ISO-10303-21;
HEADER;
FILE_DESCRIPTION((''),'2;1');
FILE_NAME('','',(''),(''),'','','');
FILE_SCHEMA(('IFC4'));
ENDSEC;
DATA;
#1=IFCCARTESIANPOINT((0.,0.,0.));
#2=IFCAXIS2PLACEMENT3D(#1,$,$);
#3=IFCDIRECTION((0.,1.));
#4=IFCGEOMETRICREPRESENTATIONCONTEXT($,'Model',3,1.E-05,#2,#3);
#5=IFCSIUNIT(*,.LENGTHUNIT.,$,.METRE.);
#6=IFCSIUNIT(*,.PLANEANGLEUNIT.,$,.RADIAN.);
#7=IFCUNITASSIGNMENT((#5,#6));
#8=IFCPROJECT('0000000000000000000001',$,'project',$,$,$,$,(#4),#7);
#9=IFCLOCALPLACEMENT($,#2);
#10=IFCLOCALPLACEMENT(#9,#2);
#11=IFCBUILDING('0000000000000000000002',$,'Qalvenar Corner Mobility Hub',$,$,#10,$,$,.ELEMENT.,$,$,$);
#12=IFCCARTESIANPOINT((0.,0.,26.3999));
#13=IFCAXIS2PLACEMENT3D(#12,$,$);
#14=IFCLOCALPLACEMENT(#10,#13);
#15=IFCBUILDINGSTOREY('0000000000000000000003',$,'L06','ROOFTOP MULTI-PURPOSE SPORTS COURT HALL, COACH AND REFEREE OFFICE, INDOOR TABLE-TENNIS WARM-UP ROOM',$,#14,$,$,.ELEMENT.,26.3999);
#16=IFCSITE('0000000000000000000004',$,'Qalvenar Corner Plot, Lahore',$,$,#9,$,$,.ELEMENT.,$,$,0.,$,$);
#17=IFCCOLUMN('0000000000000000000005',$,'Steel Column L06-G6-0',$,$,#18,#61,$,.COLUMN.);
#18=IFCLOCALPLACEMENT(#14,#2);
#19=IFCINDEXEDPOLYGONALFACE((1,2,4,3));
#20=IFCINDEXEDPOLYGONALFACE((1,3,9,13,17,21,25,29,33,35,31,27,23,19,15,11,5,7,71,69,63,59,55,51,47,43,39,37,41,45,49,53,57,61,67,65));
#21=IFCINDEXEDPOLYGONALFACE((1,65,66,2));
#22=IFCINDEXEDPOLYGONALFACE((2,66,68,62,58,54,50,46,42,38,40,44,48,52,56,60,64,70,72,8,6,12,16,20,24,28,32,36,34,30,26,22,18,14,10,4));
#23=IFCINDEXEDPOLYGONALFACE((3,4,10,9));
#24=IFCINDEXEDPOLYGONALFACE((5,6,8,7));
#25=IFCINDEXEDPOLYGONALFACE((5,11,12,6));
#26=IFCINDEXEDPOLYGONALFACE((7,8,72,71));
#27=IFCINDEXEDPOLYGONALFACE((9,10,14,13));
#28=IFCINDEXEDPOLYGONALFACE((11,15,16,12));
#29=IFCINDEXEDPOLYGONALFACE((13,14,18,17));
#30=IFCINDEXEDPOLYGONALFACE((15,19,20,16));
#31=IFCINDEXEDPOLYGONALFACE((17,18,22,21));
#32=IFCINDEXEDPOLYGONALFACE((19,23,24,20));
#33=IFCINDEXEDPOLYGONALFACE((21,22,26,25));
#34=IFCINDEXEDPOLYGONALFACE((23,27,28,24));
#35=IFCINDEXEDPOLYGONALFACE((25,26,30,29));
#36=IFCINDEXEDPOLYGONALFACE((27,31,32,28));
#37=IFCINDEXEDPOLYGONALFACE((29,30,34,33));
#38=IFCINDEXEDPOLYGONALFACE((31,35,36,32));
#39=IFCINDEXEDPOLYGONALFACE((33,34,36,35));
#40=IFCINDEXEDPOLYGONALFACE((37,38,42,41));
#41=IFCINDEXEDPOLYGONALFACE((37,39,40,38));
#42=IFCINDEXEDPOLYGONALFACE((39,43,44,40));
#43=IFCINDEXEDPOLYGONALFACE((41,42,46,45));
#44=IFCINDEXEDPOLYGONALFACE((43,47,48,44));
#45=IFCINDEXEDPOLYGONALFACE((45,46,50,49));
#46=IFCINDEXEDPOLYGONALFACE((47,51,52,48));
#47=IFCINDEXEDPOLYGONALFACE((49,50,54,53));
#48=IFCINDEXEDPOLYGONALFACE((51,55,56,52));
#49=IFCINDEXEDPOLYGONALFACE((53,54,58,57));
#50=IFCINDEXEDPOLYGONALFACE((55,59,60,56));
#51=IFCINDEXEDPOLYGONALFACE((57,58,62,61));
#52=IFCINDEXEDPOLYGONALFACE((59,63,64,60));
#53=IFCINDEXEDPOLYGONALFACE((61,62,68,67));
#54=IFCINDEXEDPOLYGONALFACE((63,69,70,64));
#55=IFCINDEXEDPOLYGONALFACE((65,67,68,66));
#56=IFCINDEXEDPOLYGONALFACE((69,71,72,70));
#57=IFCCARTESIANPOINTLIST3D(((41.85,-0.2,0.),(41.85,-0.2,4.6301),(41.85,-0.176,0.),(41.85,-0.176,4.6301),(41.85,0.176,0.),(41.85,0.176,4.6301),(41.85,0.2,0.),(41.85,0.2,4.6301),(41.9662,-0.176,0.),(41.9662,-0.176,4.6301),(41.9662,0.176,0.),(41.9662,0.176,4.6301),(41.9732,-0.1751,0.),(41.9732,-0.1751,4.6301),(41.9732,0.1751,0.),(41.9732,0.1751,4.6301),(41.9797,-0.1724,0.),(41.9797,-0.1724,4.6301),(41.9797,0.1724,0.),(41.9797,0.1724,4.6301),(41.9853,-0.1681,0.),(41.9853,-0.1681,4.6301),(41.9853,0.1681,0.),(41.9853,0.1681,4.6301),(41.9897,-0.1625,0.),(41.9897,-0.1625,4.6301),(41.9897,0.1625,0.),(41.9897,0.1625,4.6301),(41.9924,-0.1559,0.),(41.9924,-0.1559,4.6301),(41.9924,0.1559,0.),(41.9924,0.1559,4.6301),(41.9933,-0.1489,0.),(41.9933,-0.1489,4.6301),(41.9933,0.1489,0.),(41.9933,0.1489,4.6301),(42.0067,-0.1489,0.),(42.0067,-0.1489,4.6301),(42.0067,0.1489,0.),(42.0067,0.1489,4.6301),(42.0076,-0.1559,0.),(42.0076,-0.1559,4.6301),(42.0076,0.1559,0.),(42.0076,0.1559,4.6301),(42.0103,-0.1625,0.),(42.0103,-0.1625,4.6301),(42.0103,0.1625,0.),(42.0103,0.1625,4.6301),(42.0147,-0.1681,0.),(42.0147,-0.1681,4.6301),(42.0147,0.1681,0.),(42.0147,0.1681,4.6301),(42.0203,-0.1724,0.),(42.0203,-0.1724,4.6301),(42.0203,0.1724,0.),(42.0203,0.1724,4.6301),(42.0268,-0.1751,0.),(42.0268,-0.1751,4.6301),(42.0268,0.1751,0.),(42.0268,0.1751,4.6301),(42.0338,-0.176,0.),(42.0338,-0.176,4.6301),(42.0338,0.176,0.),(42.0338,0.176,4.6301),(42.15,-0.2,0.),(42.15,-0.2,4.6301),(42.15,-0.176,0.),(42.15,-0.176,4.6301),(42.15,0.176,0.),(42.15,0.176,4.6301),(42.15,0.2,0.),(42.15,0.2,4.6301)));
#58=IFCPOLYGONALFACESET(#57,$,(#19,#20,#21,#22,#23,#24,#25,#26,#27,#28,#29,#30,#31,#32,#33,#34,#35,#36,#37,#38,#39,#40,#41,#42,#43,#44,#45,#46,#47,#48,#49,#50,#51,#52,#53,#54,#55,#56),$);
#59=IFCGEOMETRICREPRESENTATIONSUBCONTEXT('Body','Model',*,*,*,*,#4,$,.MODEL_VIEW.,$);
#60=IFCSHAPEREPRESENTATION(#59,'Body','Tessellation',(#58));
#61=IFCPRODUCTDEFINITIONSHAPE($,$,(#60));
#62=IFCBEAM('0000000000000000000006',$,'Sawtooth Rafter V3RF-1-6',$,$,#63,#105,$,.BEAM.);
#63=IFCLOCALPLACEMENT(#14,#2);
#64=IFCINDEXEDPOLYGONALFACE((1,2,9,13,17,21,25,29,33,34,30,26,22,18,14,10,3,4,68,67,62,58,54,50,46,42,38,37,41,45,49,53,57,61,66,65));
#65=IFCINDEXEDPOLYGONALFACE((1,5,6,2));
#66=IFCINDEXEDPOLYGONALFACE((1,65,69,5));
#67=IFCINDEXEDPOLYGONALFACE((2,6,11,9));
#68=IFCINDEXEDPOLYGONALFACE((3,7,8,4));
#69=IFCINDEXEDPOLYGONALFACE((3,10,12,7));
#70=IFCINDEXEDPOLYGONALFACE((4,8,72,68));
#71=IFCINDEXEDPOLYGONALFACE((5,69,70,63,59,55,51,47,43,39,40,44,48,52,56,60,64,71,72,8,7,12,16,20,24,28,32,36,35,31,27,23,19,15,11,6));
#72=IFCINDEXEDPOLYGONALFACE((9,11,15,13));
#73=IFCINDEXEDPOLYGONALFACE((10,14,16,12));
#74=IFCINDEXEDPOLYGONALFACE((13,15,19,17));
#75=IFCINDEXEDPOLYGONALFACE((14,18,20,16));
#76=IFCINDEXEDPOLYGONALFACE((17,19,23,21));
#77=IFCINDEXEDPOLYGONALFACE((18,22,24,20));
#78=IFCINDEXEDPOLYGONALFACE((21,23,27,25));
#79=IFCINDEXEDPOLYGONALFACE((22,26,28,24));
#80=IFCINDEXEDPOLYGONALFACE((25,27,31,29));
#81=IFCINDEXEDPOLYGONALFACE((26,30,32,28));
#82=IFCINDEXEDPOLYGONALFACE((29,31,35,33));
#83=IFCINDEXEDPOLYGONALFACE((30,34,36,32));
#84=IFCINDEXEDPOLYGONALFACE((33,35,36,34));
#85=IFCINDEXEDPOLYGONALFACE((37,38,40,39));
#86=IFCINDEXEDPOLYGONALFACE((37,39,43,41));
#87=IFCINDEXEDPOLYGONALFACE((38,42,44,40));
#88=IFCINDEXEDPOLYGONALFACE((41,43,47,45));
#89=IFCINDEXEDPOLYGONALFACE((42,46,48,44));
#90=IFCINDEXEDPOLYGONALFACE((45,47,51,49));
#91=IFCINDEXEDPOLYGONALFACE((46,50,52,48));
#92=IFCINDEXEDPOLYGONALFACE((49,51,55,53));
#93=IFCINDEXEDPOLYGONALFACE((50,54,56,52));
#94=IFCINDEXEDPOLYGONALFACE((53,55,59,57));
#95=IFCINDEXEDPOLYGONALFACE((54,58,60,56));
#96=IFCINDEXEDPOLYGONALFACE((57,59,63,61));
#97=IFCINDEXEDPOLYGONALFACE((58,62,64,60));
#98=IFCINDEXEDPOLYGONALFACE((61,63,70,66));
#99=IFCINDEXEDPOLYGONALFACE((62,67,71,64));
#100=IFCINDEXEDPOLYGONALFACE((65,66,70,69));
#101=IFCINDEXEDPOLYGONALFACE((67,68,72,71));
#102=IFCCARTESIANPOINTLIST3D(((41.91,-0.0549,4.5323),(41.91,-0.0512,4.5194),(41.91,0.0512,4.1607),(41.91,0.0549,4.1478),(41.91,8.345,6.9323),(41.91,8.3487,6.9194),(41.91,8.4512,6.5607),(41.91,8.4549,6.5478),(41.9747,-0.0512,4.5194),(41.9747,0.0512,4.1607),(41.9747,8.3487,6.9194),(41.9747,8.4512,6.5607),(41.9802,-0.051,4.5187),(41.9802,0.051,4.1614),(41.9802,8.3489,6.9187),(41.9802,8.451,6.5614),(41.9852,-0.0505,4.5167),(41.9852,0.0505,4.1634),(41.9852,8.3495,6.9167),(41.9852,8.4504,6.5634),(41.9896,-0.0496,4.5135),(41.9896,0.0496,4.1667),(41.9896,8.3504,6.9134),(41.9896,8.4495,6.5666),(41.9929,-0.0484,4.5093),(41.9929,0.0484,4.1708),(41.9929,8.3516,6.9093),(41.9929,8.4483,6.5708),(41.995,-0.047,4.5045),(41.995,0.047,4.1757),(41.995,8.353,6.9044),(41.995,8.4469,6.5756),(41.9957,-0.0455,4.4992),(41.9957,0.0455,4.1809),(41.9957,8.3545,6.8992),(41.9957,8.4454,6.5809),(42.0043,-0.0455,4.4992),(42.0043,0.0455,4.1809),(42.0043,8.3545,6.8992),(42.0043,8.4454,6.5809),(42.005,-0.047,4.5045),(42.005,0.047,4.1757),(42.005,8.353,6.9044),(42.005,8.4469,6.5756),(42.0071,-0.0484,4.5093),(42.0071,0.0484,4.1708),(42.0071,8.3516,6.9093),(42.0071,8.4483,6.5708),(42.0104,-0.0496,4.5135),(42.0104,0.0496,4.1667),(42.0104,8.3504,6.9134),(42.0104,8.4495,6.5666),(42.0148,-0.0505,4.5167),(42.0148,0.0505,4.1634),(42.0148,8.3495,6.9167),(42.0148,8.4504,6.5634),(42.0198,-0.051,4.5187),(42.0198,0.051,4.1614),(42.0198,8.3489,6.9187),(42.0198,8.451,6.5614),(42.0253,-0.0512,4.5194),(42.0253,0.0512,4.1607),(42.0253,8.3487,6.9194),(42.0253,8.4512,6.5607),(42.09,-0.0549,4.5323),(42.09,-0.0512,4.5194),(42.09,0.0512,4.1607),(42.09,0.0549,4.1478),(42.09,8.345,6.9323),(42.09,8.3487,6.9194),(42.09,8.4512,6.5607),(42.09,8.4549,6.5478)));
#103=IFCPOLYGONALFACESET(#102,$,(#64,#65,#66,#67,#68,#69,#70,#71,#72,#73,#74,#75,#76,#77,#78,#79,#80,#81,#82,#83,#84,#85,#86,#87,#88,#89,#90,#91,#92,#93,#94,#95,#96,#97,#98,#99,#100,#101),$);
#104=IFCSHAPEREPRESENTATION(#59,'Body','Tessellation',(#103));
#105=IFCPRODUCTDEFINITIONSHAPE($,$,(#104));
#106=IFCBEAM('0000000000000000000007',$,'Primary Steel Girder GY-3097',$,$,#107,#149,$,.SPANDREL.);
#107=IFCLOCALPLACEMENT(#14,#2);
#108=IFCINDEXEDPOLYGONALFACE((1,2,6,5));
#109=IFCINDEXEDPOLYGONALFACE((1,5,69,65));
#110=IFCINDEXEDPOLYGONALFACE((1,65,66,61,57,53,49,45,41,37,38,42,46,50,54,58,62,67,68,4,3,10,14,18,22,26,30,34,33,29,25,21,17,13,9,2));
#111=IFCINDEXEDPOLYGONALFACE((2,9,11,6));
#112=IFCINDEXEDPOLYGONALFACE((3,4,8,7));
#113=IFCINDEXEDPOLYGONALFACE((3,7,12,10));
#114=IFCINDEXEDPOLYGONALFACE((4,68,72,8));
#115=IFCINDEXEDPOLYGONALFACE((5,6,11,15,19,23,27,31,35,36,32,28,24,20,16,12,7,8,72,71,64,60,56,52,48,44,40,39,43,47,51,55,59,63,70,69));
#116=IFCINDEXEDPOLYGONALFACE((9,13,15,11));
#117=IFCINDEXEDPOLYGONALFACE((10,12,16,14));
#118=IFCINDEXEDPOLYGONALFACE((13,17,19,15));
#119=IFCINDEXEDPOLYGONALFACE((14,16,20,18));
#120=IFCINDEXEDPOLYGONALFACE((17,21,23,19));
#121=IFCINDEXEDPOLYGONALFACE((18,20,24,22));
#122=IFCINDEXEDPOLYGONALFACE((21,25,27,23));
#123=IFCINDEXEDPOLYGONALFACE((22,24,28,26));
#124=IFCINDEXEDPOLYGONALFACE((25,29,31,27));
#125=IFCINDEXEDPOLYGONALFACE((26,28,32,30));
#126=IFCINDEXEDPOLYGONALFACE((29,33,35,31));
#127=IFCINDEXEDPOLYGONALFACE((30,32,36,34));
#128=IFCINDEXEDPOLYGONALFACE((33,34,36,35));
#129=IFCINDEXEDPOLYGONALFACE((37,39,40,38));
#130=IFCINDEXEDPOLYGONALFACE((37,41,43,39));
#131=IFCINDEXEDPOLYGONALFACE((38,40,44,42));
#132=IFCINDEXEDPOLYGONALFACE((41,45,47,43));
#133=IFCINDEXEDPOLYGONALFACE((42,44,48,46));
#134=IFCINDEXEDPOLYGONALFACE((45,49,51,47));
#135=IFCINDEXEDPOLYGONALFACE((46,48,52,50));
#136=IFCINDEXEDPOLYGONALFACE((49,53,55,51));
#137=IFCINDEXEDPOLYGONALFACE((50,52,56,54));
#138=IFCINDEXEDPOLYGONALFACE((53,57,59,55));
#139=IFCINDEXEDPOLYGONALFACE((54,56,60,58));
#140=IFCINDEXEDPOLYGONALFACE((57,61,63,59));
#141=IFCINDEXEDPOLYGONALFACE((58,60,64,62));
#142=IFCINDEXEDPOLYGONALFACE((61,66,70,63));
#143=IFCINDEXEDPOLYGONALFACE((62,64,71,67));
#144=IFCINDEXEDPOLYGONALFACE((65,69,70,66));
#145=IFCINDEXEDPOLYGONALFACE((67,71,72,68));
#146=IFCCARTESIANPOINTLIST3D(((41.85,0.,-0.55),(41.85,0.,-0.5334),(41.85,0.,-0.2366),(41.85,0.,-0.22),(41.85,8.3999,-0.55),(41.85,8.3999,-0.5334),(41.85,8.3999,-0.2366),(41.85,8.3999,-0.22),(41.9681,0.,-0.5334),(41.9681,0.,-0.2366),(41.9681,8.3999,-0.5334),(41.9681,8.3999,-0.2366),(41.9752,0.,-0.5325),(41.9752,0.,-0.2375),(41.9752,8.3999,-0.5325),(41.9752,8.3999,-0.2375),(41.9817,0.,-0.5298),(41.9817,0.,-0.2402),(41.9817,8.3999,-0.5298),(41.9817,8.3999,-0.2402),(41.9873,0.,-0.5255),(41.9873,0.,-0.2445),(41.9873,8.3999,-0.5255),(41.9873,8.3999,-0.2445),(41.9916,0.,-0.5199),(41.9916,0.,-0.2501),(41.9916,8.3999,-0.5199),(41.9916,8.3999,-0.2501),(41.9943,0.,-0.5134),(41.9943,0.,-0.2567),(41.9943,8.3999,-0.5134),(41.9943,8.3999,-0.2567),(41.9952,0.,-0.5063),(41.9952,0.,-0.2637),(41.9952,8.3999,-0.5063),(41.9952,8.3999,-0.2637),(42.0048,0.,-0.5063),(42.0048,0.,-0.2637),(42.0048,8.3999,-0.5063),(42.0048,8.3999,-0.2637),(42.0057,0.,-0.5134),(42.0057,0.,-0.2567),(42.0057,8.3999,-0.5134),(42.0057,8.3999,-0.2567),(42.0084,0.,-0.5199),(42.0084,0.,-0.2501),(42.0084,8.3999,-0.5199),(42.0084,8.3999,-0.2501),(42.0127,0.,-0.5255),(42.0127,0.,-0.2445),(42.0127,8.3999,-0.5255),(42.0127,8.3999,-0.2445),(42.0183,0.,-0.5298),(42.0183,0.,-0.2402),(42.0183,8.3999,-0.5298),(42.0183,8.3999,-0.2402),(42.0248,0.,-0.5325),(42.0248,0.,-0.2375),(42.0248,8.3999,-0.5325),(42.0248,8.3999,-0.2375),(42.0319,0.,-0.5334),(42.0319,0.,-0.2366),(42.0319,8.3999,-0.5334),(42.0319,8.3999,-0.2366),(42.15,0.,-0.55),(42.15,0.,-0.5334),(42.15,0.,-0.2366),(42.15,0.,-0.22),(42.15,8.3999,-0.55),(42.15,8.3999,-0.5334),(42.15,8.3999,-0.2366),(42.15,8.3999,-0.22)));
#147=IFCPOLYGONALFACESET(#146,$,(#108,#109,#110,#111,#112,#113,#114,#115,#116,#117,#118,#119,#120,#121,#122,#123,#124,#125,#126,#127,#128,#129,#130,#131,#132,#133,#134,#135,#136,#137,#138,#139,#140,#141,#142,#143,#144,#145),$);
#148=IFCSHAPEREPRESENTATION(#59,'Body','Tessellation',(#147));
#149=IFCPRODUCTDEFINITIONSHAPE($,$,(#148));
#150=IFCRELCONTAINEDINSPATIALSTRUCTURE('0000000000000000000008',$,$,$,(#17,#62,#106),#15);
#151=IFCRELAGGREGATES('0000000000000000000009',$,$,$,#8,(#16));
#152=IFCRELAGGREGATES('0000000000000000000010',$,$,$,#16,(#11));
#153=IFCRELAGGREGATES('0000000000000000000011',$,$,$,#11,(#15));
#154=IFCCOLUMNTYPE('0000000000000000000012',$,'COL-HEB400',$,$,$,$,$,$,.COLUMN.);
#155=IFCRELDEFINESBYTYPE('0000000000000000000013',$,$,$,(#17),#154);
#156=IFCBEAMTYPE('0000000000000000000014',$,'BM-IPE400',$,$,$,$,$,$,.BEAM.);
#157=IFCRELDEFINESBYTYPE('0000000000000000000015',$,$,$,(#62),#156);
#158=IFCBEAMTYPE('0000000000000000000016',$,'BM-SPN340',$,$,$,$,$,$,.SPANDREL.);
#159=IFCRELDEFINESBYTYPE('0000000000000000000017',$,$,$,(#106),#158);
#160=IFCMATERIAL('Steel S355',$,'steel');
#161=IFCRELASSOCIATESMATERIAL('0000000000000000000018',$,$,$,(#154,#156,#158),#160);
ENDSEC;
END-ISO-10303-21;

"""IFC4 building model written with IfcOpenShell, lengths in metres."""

from ifc_helpers import new_model, si_unit, direction, frame, origin, origin_2d, place, context, subcontext, project, spatial, i_section, extrude, material, material_profile, profile_set, type_object, element, save


model = new_model("IFC4")

# Units and contexts
model_context = context("Model", 3, precision=1e-05, world=origin(), true_north=direction((0.0, 1.0)))
body_context = subcontext(model_context, "Body", "Model", "MODEL_VIEW")
ifc_project = project(units=[si_unit("LENGTHUNIT", "METRE"), si_unit("PLANEANGLEUNIT", "RADIAN")], contexts=[model_context])

# Site, building, storey
site_placement = place(None, origin())
site = spatial("IfcSite", under=ifc_project, at=site_placement, Name="Qalvenar Corner Plot, Lahore", CompositionType="ELEMENT", RefElevation=0.0)
building_placement = place(site_placement, origin())
building = spatial("IfcBuilding", under=site, at=building_placement, Name="Qalvenar Corner Mobility Hub", CompositionType="ELEMENT")
storey_placement = place(building_placement, frame((0.0, 0.0, 26.3999)))
storey = spatial("IfcBuildingStorey", under=building, at=storey_placement, Name="L06", Description="ROOFTOP MULTI-PURPOSE SPORTS COURT HALL, COACH AND REFEREE OFFICE, INDOOR TABLE-TENNIS WARM-UP ROOM", CompositionType="ELEMENT", Elevation=26.3999)

# Column
ifc_material_1 = material(Name="Steel S355", Category="steel")
ifc_material_profile_1 = material_profile(ifc_material_1, i_section(OverallWidth=0.3, OverallDepth=0.3999, WebThickness=0.0134, FlangeThickness=0.0239, FilletRadius=0.0271, at=origin_2d()), Name="HEB400")
ifc_profile_set_1 = profile_set([ifc_material_profile_1], Name="Steel S355")
column_type = type_object("IfcColumnType", Name="COL-HEB400", PredefinedType="COLUMN", material=ifc_profile_set_1)
column_placement = place(storey_placement, frame((42.0, 0.0, 0.0), z_axis=(0.0, 0.0, 1.0), x_axis=(1.0, 0.0, 0.0)))
element("IfcColumn", 1, at=column_placement, inside=storey, type_object=column_type, Name="Steel Column L06-G6-0", PredefinedType="COLUMN", context=body_context, shape_type="SweptSolid", body=[
    extrude(i_section(OverallWidth=0.3, OverallDepth=0.3999, WebThickness=0.0134, FlangeThickness=0.0239, FilletRadius=0.0271, at=origin_2d()), origin(), (0.0, 0.0, 1.0), 4.6301),
])

# Beams
ifc_material_profile_2 = material_profile(ifc_material_1, i_section(OverallWidth=0.1799, OverallDepth=0.3999, WebThickness=0.0085, FlangeThickness=0.0134, FilletRadius=0.021, at=origin_2d()), Name="IPE400")
ifc_profile_set_2 = profile_set([ifc_material_profile_2], Name="Steel S355")
beam_type_1 = type_object("IfcBeamType", Name="BM-IPE400", PredefinedType="BEAM", material=ifc_profile_set_2)
beam_1_placement = place(storey_placement, frame((42.0, 0.0, 4.3401), z_axis=(0.0, 0.961526, 0.274714), x_axis=(-1.0, 0.0, 0.0)))
element("IfcBeam", 2, at=beam_1_placement, inside=storey, type_object=beam_type_1, Name="Sawtooth Rafter V3RF-1-6", PredefinedType="BEAM", context=body_context, shape_type="SweptSolid", body=[
    extrude(i_section(OverallWidth=0.1799, OverallDepth=0.3999, WebThickness=0.0085, FlangeThickness=0.0134, FilletRadius=0.021, at=origin_2d()), origin(), (0.0, 0.0, 1.0), 8.7361),
])
ifc_material_profile_3 = material_profile(ifc_material_1, i_section(OverallWidth=0.3, OverallDepth=0.3301, WebThickness=0.0095, FlangeThickness=0.0166, FilletRadius=0.0271, at=origin_2d()), Name="HEA340")
ifc_profile_set_3 = profile_set([ifc_material_profile_3], Name="Steel S355")
beam_type_2 = type_object("IfcBeamType", Name="BM-SPN340", PredefinedType="SPANDREL", material=ifc_profile_set_3)
beam_2_placement = place(storey_placement, frame((42.0, 0.0, -0.385), z_axis=(0.0, 1.0, 0.0), x_axis=(-1.0, 0.0, 0.0)))
element("IfcBeam", 3, at=beam_2_placement, inside=storey, type_object=beam_type_2, Name="Primary Steel Girder GY-3097", PredefinedType="SPANDREL", context=body_context, shape_type="SweptSolid", body=[
    extrude(i_section(OverallWidth=0.3, OverallDepth=0.3301, WebThickness=0.0095, FlangeThickness=0.0166, FilletRadius=0.0271, at=origin_2d()), origin(), (0.0, 0.0, 1.0), 8.3999),
])

save(model, "model.ifc")
